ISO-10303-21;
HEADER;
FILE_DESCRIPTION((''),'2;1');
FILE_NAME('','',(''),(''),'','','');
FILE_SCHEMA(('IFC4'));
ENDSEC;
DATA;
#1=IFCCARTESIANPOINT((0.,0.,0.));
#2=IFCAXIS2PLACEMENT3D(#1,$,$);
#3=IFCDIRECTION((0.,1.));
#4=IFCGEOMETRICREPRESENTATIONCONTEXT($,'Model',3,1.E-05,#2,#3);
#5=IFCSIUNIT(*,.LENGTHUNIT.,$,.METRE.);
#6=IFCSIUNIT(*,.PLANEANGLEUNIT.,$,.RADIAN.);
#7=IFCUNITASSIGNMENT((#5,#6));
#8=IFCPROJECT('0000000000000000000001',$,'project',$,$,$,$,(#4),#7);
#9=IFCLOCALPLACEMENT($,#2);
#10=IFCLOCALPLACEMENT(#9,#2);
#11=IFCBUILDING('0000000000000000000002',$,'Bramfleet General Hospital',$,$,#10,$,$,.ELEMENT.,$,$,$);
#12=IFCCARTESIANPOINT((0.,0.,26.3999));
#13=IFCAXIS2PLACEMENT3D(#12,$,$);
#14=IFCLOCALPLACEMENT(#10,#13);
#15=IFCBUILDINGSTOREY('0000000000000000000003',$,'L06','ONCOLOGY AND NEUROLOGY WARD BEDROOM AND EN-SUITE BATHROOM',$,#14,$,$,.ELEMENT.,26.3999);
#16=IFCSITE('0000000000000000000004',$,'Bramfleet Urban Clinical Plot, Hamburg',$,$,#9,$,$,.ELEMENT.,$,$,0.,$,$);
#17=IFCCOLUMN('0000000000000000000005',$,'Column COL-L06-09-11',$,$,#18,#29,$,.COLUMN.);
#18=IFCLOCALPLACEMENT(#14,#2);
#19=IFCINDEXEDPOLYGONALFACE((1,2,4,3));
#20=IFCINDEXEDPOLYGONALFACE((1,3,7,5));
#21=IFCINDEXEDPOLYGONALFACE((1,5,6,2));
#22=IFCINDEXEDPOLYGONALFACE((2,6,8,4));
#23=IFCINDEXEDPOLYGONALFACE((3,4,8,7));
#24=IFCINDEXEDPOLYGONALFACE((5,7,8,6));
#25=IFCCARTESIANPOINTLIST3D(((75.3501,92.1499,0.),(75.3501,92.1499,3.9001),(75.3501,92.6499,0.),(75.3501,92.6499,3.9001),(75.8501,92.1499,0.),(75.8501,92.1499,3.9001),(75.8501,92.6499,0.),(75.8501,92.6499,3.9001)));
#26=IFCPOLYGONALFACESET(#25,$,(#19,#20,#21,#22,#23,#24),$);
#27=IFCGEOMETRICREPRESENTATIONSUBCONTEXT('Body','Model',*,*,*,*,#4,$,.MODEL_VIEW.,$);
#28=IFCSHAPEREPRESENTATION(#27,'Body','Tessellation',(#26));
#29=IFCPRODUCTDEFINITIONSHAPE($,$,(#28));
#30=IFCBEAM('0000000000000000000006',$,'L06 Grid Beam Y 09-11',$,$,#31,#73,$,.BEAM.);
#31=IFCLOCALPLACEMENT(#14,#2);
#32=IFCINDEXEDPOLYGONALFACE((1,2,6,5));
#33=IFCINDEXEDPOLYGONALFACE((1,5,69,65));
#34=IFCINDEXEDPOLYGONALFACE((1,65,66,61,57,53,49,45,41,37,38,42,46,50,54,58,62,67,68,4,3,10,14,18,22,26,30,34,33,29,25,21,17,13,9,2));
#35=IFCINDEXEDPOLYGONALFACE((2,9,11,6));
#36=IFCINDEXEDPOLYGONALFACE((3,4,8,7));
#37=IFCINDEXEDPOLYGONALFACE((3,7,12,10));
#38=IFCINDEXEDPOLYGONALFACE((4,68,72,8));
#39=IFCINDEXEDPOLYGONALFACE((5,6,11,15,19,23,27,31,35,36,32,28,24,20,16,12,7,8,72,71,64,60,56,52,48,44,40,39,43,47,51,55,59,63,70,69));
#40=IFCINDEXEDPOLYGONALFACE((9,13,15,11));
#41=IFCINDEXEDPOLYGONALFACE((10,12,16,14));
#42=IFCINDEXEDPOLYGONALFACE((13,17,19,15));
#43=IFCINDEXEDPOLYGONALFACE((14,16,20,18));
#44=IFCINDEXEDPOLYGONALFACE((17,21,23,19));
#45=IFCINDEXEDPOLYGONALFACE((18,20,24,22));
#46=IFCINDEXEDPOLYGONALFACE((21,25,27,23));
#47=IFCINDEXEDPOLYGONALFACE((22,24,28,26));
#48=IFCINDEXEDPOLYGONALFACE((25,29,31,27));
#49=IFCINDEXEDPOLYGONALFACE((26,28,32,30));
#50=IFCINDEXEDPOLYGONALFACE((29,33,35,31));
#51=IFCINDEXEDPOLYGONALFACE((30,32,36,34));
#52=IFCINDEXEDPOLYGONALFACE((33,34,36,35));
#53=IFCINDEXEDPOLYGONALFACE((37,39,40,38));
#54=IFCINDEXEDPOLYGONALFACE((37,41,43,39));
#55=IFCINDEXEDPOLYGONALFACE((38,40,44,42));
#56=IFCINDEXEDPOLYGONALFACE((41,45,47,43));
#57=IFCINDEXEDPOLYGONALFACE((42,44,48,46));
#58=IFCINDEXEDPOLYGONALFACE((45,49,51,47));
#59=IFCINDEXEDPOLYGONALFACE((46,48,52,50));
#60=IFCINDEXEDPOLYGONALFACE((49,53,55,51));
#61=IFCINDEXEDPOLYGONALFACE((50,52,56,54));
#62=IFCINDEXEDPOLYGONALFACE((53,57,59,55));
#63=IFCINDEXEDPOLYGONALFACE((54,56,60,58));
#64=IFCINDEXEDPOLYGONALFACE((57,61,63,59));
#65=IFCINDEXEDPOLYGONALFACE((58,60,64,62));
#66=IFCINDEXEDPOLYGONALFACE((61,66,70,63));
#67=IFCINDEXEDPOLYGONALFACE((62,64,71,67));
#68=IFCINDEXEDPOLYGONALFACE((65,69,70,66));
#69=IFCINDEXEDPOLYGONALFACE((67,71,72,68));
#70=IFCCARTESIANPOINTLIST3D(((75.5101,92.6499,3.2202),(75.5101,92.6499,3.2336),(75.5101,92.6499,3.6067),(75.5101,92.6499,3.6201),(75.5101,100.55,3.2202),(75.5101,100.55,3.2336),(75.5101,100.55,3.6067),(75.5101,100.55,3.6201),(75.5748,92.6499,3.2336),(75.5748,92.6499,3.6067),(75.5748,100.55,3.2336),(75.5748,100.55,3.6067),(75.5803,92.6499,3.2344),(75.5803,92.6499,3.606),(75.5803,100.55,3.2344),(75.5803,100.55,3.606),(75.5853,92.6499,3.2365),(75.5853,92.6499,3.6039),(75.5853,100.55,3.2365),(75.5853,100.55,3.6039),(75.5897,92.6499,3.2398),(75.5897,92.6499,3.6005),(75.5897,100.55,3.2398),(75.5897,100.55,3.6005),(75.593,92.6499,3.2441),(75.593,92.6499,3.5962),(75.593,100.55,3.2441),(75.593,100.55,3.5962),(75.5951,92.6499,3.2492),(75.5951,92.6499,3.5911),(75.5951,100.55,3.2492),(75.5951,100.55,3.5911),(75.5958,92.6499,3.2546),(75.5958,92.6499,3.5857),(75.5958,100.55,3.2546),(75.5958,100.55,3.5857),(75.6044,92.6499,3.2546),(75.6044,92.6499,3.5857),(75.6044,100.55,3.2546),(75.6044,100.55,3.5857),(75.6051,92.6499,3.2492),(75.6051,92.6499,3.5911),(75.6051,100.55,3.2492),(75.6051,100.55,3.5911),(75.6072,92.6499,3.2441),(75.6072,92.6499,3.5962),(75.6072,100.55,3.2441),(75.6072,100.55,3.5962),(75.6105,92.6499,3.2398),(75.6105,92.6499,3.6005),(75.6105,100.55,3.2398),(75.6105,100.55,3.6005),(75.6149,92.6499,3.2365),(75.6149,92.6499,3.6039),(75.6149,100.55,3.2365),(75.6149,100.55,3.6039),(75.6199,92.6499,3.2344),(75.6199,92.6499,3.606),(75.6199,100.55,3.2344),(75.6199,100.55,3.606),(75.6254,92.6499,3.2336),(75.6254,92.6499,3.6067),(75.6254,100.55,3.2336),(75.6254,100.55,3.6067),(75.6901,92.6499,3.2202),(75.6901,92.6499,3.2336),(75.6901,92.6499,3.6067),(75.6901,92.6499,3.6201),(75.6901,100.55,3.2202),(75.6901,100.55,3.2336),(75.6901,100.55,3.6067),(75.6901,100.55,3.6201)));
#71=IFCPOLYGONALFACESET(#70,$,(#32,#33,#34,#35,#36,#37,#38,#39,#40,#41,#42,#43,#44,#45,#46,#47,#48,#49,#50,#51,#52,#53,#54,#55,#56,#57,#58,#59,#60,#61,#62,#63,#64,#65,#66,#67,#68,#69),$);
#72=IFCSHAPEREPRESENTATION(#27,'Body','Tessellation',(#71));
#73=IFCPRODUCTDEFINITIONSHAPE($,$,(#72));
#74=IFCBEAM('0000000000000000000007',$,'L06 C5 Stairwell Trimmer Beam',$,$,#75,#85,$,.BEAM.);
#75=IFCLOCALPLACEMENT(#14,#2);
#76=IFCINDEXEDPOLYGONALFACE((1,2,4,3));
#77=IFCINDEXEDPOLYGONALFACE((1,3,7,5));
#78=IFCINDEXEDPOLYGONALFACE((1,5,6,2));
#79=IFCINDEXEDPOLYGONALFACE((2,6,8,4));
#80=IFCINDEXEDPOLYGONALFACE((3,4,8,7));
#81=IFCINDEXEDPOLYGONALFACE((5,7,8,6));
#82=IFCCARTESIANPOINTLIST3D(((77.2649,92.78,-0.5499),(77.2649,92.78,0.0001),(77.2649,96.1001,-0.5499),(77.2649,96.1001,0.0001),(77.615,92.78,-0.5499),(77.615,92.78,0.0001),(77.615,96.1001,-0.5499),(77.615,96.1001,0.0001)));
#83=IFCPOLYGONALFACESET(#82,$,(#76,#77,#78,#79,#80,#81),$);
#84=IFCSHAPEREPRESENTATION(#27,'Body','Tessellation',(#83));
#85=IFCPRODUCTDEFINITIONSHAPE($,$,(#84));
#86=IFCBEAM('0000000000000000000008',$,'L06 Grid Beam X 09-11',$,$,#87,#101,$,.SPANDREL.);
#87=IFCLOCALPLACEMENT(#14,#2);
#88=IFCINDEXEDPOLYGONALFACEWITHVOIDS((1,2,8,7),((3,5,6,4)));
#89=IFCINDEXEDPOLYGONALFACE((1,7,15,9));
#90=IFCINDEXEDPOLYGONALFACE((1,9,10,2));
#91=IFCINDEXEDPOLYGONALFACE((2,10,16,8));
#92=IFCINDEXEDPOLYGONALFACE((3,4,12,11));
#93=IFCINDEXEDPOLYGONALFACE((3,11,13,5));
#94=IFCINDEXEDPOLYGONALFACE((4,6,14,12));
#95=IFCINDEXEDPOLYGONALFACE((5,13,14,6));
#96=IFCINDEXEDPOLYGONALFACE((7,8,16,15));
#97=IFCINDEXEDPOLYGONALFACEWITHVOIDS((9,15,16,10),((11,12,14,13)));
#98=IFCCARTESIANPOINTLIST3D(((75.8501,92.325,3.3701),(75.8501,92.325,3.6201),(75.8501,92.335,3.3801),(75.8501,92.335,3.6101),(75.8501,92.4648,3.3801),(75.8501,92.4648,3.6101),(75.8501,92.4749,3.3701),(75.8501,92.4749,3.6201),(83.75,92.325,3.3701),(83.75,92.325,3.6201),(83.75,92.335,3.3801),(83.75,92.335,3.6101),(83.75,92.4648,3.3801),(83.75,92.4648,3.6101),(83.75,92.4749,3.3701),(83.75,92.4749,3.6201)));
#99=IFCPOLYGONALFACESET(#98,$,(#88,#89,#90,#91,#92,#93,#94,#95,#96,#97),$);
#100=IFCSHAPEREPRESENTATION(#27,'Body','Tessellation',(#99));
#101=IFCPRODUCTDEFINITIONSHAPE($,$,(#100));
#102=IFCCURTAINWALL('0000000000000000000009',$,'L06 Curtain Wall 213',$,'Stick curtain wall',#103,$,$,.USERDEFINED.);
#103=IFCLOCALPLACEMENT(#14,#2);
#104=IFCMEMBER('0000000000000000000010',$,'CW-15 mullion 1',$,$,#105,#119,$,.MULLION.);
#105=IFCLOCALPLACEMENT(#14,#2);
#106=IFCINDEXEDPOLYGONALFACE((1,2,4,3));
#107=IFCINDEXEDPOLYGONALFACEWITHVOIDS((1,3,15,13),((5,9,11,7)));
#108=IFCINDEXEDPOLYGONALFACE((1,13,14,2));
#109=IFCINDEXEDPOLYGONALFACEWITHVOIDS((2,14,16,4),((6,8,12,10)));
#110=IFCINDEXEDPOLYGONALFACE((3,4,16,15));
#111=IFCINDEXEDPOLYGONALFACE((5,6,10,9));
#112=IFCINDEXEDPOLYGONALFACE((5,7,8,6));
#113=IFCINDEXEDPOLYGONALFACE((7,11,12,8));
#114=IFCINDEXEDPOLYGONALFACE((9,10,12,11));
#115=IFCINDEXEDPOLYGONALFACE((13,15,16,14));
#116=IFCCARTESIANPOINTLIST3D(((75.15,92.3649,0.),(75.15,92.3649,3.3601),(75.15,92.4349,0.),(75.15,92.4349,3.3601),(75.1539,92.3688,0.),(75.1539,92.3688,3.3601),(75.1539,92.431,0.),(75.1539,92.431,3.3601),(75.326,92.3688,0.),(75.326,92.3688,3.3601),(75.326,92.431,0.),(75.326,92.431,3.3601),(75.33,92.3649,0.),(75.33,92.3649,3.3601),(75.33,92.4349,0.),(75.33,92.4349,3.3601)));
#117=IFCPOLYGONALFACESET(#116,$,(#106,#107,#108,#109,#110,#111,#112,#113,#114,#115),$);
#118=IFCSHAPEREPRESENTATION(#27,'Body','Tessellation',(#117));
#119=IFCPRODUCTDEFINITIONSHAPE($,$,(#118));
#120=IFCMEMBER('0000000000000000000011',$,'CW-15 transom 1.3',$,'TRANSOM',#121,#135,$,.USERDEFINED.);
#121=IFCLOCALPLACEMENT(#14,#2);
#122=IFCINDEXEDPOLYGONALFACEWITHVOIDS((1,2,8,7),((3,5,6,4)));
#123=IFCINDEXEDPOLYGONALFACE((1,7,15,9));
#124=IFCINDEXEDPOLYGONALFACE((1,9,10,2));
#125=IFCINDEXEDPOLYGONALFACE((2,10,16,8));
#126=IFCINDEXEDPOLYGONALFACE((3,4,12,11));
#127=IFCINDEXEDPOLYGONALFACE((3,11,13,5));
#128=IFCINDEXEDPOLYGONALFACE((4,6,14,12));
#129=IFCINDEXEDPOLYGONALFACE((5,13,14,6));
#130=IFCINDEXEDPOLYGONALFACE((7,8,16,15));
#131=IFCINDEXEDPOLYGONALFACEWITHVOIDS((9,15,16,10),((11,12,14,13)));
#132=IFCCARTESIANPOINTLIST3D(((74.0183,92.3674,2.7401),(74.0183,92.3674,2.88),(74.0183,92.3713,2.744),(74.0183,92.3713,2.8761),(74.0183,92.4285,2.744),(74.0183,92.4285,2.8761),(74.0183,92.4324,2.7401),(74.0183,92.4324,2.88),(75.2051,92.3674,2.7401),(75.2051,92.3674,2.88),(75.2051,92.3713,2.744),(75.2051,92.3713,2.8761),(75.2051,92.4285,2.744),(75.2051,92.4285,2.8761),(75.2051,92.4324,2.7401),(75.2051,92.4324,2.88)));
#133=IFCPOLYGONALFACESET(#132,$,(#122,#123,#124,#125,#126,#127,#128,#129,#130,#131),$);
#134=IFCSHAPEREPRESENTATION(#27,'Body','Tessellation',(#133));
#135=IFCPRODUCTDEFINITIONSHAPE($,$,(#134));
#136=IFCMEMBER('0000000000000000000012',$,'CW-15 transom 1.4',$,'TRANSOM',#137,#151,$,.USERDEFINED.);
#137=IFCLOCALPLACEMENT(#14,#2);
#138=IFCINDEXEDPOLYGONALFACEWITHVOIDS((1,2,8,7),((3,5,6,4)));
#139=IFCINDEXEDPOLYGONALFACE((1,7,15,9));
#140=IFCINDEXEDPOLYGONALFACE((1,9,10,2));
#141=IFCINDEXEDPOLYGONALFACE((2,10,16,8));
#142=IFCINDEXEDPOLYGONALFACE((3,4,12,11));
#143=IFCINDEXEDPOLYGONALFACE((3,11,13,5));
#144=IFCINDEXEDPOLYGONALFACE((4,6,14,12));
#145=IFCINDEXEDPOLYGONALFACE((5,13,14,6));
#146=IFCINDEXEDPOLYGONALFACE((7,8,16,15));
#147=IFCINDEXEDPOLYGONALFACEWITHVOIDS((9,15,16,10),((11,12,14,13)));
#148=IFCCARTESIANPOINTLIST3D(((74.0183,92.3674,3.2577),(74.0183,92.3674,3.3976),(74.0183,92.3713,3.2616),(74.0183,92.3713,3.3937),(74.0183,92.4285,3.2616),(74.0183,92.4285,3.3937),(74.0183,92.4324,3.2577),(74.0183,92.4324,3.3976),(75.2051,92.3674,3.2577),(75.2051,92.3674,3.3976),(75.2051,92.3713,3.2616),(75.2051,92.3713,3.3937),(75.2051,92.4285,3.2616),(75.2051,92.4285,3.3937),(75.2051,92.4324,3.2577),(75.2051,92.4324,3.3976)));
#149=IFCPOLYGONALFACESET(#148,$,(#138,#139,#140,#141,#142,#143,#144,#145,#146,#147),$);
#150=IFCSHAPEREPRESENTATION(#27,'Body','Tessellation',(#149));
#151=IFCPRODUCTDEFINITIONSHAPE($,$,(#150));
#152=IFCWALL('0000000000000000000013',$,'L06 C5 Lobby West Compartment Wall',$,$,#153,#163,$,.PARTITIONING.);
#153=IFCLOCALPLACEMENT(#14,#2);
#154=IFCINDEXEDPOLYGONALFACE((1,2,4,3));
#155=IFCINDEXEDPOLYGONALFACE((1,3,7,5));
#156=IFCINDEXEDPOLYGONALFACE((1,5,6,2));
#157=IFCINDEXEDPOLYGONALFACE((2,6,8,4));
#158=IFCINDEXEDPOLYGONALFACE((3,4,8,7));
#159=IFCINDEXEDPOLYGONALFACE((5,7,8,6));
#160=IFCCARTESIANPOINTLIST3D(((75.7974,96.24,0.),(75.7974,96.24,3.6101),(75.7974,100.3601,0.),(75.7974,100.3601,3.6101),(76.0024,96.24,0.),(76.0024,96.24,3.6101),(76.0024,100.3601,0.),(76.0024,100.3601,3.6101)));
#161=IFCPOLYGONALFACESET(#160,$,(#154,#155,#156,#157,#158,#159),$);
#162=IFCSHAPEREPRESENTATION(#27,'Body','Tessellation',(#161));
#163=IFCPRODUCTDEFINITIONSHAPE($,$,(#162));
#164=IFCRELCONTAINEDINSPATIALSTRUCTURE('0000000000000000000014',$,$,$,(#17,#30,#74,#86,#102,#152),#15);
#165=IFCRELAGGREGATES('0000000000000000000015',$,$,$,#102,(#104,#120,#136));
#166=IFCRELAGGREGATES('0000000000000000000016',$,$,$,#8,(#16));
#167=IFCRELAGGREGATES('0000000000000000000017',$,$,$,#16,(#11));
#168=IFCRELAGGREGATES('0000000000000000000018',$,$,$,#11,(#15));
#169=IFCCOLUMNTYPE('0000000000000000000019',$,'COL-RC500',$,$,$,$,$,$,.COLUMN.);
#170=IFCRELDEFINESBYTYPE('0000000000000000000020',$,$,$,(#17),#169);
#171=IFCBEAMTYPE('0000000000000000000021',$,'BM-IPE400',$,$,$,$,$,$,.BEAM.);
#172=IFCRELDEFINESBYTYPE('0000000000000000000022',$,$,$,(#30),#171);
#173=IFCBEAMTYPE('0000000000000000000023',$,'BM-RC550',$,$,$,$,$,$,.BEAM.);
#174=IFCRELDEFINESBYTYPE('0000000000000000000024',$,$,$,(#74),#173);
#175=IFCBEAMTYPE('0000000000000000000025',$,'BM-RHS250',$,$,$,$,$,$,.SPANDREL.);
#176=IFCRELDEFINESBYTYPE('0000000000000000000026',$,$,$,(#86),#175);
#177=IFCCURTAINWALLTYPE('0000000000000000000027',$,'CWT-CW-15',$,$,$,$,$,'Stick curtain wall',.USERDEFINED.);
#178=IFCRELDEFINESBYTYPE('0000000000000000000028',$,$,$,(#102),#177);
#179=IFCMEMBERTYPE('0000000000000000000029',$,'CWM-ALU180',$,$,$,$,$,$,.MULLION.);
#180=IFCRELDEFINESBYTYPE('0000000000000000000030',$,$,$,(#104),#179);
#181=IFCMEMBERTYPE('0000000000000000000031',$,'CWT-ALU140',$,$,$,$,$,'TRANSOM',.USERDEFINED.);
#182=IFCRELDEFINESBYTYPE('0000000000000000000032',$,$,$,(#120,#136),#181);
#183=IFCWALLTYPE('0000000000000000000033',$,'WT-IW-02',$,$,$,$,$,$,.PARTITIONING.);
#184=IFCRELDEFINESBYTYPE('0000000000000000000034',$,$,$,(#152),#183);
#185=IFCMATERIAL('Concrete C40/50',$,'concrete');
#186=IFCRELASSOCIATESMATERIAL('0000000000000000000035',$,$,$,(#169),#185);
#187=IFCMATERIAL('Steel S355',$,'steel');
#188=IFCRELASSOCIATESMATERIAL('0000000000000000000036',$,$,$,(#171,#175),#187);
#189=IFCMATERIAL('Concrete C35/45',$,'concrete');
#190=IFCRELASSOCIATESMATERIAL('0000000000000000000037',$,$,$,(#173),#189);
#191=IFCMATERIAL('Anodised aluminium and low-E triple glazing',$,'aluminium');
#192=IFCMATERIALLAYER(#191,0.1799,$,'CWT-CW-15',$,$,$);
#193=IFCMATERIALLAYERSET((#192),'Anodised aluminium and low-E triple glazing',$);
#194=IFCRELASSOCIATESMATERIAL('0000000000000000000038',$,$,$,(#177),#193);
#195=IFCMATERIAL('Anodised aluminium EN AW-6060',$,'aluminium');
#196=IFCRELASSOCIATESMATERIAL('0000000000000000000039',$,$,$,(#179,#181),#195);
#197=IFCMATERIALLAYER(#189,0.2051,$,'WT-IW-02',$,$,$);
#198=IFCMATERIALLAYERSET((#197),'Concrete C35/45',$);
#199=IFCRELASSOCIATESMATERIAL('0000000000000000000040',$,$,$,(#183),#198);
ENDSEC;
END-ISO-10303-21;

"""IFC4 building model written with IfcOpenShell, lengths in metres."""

from ifc_helpers import new_model, si_unit, direction, frame, frame_2d, origin, origin_2d, place, context, subcontext, project, spatial, rectangle, hollow_rectangle, i_section, extrude, material, layer, layer_set, material_profile, profile_set, type_object, element, aggregate, save


model = new_model("IFC4")

# Units and contexts
model_context = context("Model", 3, precision=1e-05, world=origin(), true_north=direction((0.0, 1.0)))
body_context = subcontext(model_context, "Body", "Model", "MODEL_VIEW")
ifc_project = project(units=[si_unit("LENGTHUNIT", "METRE"), si_unit("PLANEANGLEUNIT", "RADIAN")], contexts=[model_context])

# Site, building, storey
site_placement = place(None, origin())
site = spatial("IfcSite", under=ifc_project, at=site_placement, Name="Bramfleet Urban Clinical Plot, Hamburg", CompositionType="ELEMENT", RefElevation=0.0)
building_placement = place(site_placement, origin())
building = spatial("IfcBuilding", under=site, at=building_placement, Name="Bramfleet General Hospital", CompositionType="ELEMENT")
storey_placement = place(building_placement, frame((0.0, 0.0, 26.3999)))
storey = spatial("IfcBuildingStorey", under=building, at=storey_placement, Name="L06", Description="ONCOLOGY AND NEUROLOGY WARD BEDROOM AND EN-SUITE BATHROOM", CompositionType="ELEMENT", Elevation=26.3999)

# Column
ifc_material_1 = material(Name="Concrete C40/50", Category="concrete")
ifc_material_profile_1 = material_profile(ifc_material_1, rectangle(XDim=0.5, YDim=0.5, at=origin_2d()), Name="RC COL 500x500")
ifc_profile_set_1 = profile_set([ifc_material_profile_1], Name="Concrete C40/50")
column_type = type_object("IfcColumnType", Name="COL-RC500", PredefinedType="COLUMN", material=ifc_profile_set_1)
column_placement = place(storey_placement, frame((75.6001, 92.3999, 0.0), z_axis=(0.0, 0.0, 1.0), x_axis=(1.0, 0.0, 0.0)))
element("IfcColumn", 1, at=column_placement, inside=storey, type_object=column_type, Name="Column COL-L06-09-11", PredefinedType="COLUMN", context=body_context, shape_type="SweptSolid", body=[
    extrude(rectangle(XDim=0.5, YDim=0.5, at=origin_2d()), origin(), (0.0, 0.0, 1.0), 3.9001),
])

# Beams
ifc_material_2 = material(Name="Steel S355", Category="steel")
ifc_material_profile_2 = material_profile(ifc_material_2, i_section(OverallWidth=0.1799, OverallDepth=0.3999, WebThickness=0.0085, FlangeThickness=0.0134, FilletRadius=0.021, at=origin_2d()), Name="IPE 400")
ifc_profile_set_2 = profile_set([ifc_material_profile_2], Name="Steel S355")
beam_type_1 = type_object("IfcBeamType", Name="BM-IPE400", PredefinedType="BEAM", material=ifc_profile_set_2)
beam_1_placement = place(storey_placement, frame((75.6001, 92.6499, 3.4202), z_axis=(0.0, 1.0, 0.0), x_axis=(-1.0, 0.0, 0.0)))
element("IfcBeam", 2, at=beam_1_placement, inside=storey, type_object=beam_type_1, Name="L06 Grid Beam Y 09-11", PredefinedType="BEAM", context=body_context, shape_type="SweptSolid", body=[
    extrude(i_section(OverallWidth=0.1799, OverallDepth=0.3999, WebThickness=0.0085, FlangeThickness=0.0134, FilletRadius=0.021, at=origin_2d()), origin(), (0.0, 0.0, 1.0), 7.9001),
])
ifc_material_3 = material(Name="Concrete C35/45", Category="concrete")
ifc_material_profile_3 = material_profile(ifc_material_3, rectangle(XDim=0.3501, YDim=0.55, at=origin_2d()), Name="RC BM 550x350")
ifc_profile_set_3 = profile_set([ifc_material_profile_3], Name="Concrete C35/45")
beam_type_2 = type_object("IfcBeamType", Name="BM-RC550", PredefinedType="BEAM", material=ifc_profile_set_3)
beam_2_placement = place(storey_placement, frame((77.4399, 92.78, -0.2749), z_axis=(0.0, 1.0, 0.0), x_axis=(-1.0, 0.0, 0.0)))
element("IfcBeam", 3, at=beam_2_placement, inside=storey, type_object=beam_type_2, Name="L06 C5 Stairwell Trimmer Beam", PredefinedType="BEAM", context=body_context, shape_type="SweptSolid", body=[
    extrude(rectangle(XDim=0.3501, YDim=0.55, at=origin_2d()), origin(), (0.0, 0.0, 1.0), 3.3201),
])
ifc_material_profile_4 = material_profile(ifc_material_2, hollow_rectangle(XDim=0.1499, YDim=0.25, WallThickness=0.01, at=origin_2d()), Name="RHS 250x150x10.0")
ifc_profile_set_4 = profile_set([ifc_material_profile_4], Name="Steel S355")
beam_type_3 = type_object("IfcBeamType", Name="BM-RHS250", PredefinedType="SPANDREL", material=ifc_profile_set_4)
beam_3_placement = place(storey_placement, frame((75.8501, 92.3999, 3.4951), z_axis=(1.0, 0.0, 0.0), x_axis=(0.0, 1.0, 0.0)))
element("IfcBeam", 4, at=beam_3_placement, inside=storey, type_object=beam_type_3, Name="L06 Grid Beam X 09-11", PredefinedType="SPANDREL", context=body_context, shape_type="SweptSolid", body=[
    extrude(hollow_rectangle(XDim=0.1499, YDim=0.25, WallThickness=0.01, at=origin_2d()), origin(), (0.0, 0.0, 1.0), 7.8999),
])

# Curtain wall, members
ifc_material_4 = material(Name="Anodised aluminium and low-E triple glazing", Category="aluminium")
ifc_layer_1 = layer(ifc_material_4, 0.1799, Name="CWT-CW-15")
ifc_layer_set_1 = layer_set([ifc_layer_1], Name="Anodised aluminium and low-E triple glazing")
curtain_wall_type = type_object("IfcCurtainWallType", Name="CWT-CW-15", ElementType="Stick curtain wall", PredefinedType="USERDEFINED", material=ifc_layer_set_1)
curtain_wall_placement = place(storey_placement, origin())
curtain_wall = element("IfcCurtainWall", 5, at=curtain_wall_placement, inside=storey, type_object=curtain_wall_type, Name="L06 Curtain Wall 213", ObjectType="Stick curtain wall", PredefinedType="USERDEFINED")
ifc_material_5 = material(Name="Anodised aluminium EN AW-6060", Category="aluminium")
ifc_material_profile_5 = material_profile(ifc_material_5, hollow_rectangle(XDim=0.0701, YDim=0.1799, WallThickness=0.0039, at=origin_2d()), Name="ALU 180x70x4.0")
ifc_profile_set_5 = profile_set([ifc_material_profile_5], Name="Anodised aluminium EN AW-6060")
member_type_1 = type_object("IfcMemberType", Name="CWM-ALU180", PredefinedType="MULLION", material=ifc_profile_set_5)
member_1_placement = place(storey_placement, frame((75.24, 92.3999, 0.0), z_axis=(0.0, 0.0, 1.0), x_axis=(0.0, -1.0, 0.0)))
member_1 = element("IfcMember", 6, at=member_1_placement, type_object=member_type_1, Name="CW-15 mullion 1", PredefinedType="MULLION", context=body_context, shape_type="SweptSolid", body=[
    extrude(hollow_rectangle(XDim=0.0701, YDim=0.1799, WallThickness=0.0039, at=origin_2d()), origin(), (0.0, 0.0, 1.0), 3.3601),
])
ifc_material_profile_6 = material_profile(ifc_material_5, hollow_rectangle(XDim=0.0649, YDim=0.1399, WallThickness=0.0039, at=origin_2d()), Name="ALU 140x65x4.0")
ifc_profile_set_6 = profile_set([ifc_material_profile_6], Name="Anodised aluminium EN AW-6060")
member_type_2 = type_object("IfcMemberType", Name="CWT-ALU140", ElementType="TRANSOM", PredefinedType="USERDEFINED", material=ifc_profile_set_6)
member_2_placement = place(storey_placement, frame((75.2051, 92.3999, 2.8101), z_axis=(-1.0, 0.0, 0.0), x_axis=(0.0, -1.0, 0.0)))
member_2 = element("IfcMember", 7, at=member_2_placement, type_object=member_type_2, Name="CW-15 transom 1.3", ObjectType="TRANSOM", PredefinedType="USERDEFINED", context=body_context, shape_type="SweptSolid", body=[
    extrude(hollow_rectangle(XDim=0.0649, YDim=0.1399, WallThickness=0.0039, at=origin_2d()), origin(), (0.0, 0.0, 1.0), 1.1868),
])
member_3_placement = place(storey_placement, frame((75.2051, 92.3999, 3.3276), z_axis=(-1.0, 0.0, 0.0), x_axis=(0.0, -1.0, 0.0)))
member_3 = element("IfcMember", 8, at=member_3_placement, type_object=member_type_2, Name="CW-15 transom 1.4", ObjectType="TRANSOM", PredefinedType="USERDEFINED", context=body_context, shape_type="SweptSolid", body=[
    extrude(hollow_rectangle(XDim=0.0649, YDim=0.1399, WallThickness=0.0039, at=origin_2d()), origin(), (0.0, 0.0, 1.0), 1.1868),
])
aggregate(curtain_wall, [member_1, member_2, member_3])

# Shared definitions
ifc_layer_2 = layer(ifc_material_3, 0.2051, Name="WT-IW-02")
ifc_layer_set_2 = layer_set([ifc_layer_2], Name="Concrete C35/45")
wall_type_1 = type_object("IfcWallType", Name="WT-IW-02", PredefinedType="PARTITIONING", material=ifc_layer_set_2)

# Wall
wall_1_placement = place(storey_placement, frame((75.8999, 96.24, 0.0), z_axis=(0.0, 0.0, 1.0), x_axis=(0.0, 1.0, 0.0)))
element("IfcWall", 9, at=wall_1_placement, inside=storey, type_object=wall_type_1, Name="L06 C5 Lobby West Compartment Wall", PredefinedType="PARTITIONING", context=body_context, shape_type="SweptSolid", body=[
    extrude(rectangle(XDim=4.1201, YDim=0.2051, at=frame_2d((2.0601, 0.0))), origin(), (0.0, 0.0, 1.0), 3.6101),
])

save(model, "model.ifc")
